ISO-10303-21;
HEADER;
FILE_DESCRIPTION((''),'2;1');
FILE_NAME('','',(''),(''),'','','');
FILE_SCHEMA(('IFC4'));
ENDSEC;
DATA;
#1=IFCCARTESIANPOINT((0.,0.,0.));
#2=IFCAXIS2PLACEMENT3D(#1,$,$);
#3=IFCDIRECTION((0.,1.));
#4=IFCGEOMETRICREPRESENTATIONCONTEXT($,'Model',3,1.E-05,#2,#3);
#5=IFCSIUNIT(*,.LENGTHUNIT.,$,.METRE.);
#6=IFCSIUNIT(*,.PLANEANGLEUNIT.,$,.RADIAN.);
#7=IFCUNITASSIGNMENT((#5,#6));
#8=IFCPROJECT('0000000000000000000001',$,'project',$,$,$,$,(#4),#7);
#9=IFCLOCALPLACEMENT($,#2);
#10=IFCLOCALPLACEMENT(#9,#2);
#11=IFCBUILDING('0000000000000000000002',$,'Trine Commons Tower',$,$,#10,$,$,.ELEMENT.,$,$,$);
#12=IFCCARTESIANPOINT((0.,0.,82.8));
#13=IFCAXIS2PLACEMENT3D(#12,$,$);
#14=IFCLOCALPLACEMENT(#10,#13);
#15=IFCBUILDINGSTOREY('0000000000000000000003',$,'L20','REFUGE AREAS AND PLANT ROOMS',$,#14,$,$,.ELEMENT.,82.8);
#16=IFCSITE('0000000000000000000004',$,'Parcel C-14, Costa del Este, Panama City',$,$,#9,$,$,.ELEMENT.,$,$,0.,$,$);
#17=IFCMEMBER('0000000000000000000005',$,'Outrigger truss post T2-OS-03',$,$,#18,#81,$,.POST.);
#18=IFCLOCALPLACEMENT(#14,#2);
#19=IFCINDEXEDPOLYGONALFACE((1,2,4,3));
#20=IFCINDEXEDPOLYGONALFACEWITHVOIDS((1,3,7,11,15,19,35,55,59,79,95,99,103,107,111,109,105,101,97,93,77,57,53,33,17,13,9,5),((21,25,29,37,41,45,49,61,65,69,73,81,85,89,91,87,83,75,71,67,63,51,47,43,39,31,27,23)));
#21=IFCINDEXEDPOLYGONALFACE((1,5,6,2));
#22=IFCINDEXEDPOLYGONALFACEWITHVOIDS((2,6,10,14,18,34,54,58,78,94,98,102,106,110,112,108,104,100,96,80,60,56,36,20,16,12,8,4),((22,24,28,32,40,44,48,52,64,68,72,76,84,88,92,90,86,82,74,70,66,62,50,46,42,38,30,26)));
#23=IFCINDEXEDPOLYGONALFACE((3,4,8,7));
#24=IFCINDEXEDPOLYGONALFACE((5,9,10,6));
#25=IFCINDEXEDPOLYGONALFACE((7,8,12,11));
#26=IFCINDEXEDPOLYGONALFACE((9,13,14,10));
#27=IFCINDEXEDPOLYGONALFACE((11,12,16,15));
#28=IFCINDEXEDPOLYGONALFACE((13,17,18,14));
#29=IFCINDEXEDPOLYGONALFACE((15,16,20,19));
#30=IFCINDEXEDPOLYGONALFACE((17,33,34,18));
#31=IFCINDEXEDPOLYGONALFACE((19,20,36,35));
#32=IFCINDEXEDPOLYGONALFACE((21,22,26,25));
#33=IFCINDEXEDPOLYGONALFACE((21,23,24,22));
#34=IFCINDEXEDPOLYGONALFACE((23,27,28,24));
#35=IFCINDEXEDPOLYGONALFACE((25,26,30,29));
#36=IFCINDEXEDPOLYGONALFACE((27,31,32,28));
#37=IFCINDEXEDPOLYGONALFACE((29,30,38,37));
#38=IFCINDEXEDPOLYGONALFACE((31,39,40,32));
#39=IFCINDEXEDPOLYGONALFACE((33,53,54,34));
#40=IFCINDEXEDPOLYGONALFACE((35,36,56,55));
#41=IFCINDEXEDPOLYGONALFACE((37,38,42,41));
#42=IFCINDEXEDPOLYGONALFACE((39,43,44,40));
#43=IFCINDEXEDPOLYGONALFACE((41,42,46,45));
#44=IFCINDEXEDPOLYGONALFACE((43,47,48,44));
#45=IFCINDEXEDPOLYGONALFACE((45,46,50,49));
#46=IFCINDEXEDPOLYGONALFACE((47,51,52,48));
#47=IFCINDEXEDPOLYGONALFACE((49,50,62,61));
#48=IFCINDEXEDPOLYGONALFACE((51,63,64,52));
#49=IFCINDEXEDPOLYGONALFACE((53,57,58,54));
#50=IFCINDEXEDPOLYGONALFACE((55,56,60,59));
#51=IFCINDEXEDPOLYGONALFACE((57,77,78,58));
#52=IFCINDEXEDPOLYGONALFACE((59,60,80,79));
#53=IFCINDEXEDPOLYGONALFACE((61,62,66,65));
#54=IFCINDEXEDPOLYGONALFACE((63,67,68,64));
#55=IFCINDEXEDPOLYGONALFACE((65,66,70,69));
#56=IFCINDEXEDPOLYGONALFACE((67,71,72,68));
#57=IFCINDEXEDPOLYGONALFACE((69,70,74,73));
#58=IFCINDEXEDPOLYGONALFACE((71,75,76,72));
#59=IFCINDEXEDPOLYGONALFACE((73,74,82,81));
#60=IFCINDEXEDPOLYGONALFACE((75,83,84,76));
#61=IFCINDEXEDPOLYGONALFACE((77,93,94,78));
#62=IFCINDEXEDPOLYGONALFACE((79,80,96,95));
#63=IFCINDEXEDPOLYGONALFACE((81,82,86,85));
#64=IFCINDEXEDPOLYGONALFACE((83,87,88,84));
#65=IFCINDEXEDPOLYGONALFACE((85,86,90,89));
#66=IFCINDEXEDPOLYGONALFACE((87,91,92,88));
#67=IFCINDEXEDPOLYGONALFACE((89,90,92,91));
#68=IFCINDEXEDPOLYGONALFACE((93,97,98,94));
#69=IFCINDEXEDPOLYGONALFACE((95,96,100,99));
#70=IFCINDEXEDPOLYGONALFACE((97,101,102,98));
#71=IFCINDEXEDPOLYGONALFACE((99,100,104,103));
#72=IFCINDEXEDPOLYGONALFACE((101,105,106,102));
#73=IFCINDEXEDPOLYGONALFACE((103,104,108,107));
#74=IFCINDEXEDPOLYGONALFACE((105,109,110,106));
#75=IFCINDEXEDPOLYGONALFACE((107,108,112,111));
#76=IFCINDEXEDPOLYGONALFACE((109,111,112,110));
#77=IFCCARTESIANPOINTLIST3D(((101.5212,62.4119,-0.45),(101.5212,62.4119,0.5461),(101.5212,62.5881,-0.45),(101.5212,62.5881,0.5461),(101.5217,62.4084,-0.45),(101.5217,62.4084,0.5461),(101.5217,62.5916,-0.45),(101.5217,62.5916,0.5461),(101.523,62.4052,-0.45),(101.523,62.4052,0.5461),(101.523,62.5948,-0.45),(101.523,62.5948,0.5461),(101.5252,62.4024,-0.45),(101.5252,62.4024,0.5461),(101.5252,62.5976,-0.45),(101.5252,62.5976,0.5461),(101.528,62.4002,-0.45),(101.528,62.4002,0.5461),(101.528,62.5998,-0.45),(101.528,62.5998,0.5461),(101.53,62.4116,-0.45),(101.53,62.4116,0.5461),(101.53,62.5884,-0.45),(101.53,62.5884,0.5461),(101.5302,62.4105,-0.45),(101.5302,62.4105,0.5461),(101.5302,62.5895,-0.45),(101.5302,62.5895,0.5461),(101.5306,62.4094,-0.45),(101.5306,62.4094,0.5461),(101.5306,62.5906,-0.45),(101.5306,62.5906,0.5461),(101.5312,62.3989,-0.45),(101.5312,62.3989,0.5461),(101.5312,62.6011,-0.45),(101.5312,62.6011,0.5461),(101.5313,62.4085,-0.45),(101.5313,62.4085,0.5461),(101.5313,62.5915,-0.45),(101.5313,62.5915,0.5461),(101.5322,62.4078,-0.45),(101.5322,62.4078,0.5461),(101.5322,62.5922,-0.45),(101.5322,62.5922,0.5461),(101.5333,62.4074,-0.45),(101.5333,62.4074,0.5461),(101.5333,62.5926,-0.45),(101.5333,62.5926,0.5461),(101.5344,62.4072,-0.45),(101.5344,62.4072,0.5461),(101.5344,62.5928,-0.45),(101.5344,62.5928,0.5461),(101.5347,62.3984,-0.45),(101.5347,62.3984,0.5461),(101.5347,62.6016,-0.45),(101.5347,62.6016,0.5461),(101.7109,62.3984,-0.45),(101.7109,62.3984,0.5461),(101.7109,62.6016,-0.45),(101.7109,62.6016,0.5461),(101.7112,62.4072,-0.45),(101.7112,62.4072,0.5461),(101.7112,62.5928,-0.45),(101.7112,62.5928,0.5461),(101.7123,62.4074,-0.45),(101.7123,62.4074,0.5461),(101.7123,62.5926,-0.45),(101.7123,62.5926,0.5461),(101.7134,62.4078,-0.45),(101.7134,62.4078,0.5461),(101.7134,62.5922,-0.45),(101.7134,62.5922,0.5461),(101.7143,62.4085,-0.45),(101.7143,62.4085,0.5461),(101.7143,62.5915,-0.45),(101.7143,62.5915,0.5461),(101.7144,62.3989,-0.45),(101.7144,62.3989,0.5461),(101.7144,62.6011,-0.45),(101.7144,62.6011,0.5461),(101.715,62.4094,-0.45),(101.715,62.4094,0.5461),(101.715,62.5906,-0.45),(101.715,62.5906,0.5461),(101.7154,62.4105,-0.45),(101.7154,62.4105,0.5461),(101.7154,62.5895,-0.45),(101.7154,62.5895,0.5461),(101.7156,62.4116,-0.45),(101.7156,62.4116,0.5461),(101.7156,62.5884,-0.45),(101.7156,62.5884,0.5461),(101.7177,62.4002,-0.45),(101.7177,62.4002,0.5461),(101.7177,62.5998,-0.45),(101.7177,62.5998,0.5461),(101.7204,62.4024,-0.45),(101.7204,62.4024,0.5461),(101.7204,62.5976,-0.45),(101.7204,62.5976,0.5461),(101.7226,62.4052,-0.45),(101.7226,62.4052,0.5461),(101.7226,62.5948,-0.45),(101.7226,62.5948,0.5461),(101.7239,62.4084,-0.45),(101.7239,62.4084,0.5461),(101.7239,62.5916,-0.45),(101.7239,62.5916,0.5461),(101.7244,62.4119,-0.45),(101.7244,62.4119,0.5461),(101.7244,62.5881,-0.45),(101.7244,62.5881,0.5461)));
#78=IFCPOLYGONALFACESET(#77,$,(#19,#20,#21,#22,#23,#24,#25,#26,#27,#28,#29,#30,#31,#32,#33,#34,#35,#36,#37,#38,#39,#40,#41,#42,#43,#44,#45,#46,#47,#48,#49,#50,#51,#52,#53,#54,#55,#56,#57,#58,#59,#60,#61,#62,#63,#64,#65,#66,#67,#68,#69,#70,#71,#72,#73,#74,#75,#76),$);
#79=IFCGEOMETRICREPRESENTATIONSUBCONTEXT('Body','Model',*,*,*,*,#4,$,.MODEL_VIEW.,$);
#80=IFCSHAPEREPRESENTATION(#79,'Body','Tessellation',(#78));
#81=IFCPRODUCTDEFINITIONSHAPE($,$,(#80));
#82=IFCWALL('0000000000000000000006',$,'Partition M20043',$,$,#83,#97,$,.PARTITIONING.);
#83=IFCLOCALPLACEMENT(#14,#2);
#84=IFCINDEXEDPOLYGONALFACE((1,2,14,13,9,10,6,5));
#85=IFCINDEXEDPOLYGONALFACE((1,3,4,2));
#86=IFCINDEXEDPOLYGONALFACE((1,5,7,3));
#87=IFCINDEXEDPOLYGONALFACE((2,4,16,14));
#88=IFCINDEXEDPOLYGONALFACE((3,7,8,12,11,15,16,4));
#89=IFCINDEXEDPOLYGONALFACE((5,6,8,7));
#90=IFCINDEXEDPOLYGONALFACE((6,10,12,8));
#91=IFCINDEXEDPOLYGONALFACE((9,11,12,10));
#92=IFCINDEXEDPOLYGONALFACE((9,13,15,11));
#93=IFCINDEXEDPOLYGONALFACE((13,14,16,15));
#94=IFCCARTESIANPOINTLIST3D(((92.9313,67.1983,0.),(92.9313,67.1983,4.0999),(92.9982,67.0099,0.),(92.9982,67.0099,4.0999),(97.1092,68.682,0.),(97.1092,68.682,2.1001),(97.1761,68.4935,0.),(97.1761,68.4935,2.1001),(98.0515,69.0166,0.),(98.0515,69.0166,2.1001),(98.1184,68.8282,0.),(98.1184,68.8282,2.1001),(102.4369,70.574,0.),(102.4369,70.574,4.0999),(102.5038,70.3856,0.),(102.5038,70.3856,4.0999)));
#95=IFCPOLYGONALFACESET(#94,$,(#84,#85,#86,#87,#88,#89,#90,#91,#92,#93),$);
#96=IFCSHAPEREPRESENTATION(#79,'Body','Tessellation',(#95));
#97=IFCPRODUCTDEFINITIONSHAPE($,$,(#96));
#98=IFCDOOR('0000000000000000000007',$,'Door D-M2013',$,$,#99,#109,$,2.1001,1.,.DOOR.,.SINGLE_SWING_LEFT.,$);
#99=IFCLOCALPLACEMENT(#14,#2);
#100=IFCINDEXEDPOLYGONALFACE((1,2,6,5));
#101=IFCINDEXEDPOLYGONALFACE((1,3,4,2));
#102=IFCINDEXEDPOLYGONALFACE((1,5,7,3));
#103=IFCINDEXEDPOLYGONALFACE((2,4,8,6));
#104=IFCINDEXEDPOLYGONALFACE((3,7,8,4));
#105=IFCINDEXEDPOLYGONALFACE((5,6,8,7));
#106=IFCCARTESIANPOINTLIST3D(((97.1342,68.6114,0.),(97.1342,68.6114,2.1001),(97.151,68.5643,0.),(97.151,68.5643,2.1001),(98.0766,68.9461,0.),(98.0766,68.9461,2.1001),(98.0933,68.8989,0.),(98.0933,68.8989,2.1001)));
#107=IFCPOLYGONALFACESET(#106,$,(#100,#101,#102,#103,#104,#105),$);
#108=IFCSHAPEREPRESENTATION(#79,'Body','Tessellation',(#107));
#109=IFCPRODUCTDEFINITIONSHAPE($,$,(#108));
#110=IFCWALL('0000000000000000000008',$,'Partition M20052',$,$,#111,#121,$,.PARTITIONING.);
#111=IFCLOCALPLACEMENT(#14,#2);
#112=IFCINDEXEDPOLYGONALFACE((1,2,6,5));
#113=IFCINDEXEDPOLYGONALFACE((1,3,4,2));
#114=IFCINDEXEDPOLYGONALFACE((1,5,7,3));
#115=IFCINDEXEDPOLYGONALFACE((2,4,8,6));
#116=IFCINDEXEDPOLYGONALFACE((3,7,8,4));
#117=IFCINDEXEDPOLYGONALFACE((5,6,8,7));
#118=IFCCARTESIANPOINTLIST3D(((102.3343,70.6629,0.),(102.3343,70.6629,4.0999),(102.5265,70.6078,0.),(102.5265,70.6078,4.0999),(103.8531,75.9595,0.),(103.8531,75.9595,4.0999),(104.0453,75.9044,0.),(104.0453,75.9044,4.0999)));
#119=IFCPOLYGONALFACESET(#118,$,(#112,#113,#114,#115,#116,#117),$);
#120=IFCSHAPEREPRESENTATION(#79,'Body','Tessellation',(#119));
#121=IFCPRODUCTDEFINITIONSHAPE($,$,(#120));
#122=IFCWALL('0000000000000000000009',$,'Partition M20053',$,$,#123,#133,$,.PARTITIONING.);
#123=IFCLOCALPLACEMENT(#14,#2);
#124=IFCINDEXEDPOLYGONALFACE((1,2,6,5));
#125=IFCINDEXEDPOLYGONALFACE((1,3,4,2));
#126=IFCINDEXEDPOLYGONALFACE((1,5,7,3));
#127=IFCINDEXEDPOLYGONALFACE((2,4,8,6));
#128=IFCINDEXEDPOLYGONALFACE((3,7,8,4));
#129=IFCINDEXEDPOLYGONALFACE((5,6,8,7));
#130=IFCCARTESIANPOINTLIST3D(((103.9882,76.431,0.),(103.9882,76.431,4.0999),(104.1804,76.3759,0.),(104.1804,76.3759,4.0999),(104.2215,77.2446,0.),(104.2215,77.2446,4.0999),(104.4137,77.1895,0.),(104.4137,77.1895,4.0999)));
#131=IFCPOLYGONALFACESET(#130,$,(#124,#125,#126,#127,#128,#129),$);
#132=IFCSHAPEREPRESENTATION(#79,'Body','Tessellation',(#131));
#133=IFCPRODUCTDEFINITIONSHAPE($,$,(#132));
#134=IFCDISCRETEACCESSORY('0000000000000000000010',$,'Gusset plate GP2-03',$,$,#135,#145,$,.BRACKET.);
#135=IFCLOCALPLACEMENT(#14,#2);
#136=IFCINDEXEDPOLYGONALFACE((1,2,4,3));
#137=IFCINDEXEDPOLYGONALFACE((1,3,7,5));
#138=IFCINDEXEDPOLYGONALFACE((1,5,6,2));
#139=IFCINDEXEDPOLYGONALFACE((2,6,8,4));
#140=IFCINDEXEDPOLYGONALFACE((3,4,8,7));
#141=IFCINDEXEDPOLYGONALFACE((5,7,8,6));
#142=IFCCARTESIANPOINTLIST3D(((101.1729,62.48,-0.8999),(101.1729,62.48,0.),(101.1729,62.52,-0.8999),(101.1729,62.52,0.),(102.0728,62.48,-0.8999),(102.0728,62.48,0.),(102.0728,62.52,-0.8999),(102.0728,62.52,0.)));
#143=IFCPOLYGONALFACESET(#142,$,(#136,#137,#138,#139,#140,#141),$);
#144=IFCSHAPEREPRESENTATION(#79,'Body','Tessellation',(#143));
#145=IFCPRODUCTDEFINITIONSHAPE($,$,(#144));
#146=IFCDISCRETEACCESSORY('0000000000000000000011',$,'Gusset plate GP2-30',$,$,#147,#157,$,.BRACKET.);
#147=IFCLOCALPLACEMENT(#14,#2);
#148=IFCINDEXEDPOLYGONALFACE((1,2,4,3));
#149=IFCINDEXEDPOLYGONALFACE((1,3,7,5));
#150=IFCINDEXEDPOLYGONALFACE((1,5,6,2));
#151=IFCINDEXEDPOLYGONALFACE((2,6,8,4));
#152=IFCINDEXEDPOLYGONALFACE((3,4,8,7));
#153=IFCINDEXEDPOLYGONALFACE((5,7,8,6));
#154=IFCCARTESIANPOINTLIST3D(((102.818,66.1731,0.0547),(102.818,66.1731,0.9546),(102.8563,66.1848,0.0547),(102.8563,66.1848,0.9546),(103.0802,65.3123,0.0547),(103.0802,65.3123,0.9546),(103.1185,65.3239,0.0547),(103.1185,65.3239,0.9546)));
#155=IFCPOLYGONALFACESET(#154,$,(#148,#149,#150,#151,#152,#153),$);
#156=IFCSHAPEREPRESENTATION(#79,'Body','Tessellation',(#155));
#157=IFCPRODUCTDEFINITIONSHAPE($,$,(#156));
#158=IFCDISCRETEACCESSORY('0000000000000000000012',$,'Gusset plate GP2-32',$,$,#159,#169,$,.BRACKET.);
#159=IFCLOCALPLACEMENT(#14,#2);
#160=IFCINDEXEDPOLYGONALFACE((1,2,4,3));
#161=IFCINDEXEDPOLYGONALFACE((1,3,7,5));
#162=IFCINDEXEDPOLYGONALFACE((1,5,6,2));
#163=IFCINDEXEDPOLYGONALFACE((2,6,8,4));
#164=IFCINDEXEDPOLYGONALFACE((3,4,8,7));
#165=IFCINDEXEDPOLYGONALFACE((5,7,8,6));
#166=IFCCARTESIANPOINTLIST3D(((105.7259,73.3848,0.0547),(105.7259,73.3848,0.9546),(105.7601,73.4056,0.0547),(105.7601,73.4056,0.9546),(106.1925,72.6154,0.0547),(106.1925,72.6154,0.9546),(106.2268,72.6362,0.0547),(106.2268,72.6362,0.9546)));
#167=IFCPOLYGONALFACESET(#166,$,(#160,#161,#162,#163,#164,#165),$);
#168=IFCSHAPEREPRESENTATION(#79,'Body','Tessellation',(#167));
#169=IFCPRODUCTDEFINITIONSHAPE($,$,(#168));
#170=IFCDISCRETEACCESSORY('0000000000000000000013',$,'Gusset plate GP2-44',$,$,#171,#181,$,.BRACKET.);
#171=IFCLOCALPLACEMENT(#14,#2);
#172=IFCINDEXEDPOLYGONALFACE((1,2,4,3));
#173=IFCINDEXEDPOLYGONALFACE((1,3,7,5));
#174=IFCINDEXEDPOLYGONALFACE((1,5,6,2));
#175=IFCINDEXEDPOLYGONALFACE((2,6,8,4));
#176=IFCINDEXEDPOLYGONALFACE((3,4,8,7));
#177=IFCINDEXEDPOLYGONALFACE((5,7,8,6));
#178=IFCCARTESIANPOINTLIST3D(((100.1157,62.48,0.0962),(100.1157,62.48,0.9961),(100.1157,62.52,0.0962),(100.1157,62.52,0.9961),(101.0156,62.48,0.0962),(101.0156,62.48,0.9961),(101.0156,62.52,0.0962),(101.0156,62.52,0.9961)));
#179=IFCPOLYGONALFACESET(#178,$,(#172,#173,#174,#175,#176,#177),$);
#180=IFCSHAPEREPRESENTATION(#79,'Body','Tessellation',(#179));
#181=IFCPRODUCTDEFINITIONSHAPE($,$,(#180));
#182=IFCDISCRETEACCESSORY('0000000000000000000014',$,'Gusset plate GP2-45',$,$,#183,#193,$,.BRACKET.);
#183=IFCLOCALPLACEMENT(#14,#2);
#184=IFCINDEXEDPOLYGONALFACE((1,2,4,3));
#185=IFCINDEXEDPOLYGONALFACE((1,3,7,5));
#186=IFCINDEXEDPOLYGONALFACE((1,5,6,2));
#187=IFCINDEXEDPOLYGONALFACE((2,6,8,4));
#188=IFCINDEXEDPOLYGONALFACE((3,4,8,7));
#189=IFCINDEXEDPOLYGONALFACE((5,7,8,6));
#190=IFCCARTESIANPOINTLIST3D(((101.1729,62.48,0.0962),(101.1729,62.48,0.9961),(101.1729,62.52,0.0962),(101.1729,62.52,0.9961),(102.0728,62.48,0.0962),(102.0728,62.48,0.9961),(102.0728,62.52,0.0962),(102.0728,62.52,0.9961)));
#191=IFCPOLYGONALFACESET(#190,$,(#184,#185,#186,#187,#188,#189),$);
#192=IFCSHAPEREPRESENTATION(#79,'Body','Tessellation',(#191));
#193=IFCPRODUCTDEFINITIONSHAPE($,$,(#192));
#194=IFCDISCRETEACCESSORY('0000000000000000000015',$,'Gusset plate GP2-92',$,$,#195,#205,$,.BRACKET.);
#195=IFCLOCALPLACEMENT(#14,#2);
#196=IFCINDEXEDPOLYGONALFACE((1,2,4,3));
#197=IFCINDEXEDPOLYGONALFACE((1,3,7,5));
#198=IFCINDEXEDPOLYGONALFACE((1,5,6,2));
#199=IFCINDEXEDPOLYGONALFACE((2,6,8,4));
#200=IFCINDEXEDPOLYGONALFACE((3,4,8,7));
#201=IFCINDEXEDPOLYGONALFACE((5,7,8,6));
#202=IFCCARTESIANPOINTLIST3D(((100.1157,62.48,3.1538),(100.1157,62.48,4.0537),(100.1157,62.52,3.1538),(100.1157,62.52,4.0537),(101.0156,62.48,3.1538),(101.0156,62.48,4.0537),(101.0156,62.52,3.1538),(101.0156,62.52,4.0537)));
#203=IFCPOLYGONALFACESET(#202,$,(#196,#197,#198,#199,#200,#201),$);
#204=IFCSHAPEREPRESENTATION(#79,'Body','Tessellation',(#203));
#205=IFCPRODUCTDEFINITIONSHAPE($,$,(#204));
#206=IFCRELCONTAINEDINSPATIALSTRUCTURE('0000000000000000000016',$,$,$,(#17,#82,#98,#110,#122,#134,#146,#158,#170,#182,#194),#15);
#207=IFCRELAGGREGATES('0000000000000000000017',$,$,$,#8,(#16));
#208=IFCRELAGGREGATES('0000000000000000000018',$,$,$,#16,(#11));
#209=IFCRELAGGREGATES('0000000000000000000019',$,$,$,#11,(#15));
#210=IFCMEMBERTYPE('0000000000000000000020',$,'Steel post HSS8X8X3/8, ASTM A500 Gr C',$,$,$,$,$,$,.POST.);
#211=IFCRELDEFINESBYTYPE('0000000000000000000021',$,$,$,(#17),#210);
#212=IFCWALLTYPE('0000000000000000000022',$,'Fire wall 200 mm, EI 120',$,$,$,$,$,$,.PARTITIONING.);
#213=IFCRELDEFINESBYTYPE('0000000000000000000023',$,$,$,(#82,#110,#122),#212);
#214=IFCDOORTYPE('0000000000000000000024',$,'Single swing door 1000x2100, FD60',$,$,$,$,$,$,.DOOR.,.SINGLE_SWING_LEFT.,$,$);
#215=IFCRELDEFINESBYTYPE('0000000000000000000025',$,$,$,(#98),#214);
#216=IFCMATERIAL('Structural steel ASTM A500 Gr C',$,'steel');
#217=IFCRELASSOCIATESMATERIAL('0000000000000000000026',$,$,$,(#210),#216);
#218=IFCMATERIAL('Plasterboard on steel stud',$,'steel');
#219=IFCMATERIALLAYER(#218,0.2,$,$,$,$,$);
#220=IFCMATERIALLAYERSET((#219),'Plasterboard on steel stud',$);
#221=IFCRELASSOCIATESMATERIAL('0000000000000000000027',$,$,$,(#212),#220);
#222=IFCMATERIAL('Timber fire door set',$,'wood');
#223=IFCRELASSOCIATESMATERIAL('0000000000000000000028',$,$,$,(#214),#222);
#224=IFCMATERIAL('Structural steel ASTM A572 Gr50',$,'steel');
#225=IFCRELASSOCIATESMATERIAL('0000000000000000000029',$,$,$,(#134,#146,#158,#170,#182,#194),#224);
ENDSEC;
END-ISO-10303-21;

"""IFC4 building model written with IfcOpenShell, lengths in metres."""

from ifc_helpers import new_model, si_unit, direction, frame, frame_2d, origin, origin_2d, place, context, subcontext, project, spatial, rectangle, hollow_rectangle, extrude, material, layer, layer_set, material_profile, profile_set, type_object, element, fill, save


model = new_model("IFC4")

# Units and contexts
model_context = context("Model", 3, precision=1e-05, world=origin(), true_north=direction((0.0, 1.0)))
body_context = subcontext(model_context, "Body", "Model", "MODEL_VIEW")
ifc_project = project(units=[si_unit("LENGTHUNIT", "METRE"), si_unit("PLANEANGLEUNIT", "RADIAN")], contexts=[model_context])

# Site, building, storey
site_placement = place(None, origin())
site = spatial("IfcSite", under=ifc_project, at=site_placement, Name="Parcel C-14, Costa del Este, Panama City", CompositionType="ELEMENT", RefElevation=0.0)
building_placement = place(site_placement, origin())
building = spatial("IfcBuilding", under=site, at=building_placement, Name="Trine Commons Tower", CompositionType="ELEMENT")
storey_placement = place(building_placement, frame((0.0, 0.0, 82.8)))
storey = spatial("IfcBuildingStorey", under=building, at=storey_placement, Name="L20", Description="REFUGE AREAS AND PLANT ROOMS", CompositionType="ELEMENT", Elevation=82.8)

# Member
ifc_material_1 = material(Name="Structural steel ASTM A500 Gr C", Category="steel")
ifc_material_profile_1 = material_profile(ifc_material_1, hollow_rectangle(XDim=0.2031, YDim=0.2031, WallThickness=0.0088, InnerFilletRadius=0.0044, OuterFilletRadius=0.0134, at=origin_2d()), Name="HSS8X8X3/8")
ifc_profile_set_1 = profile_set([ifc_material_profile_1], Name="Structural steel ASTM A500 Gr C")
member_type_1 = type_object("IfcMemberType", Name="Steel post HSS8X8X3/8, ASTM A500 Gr C", PredefinedType="POST", material=ifc_profile_set_1)
member_1_placement = place(storey_placement, frame((101.6228, 62.5, -0.45), z_axis=(0.0, 0.0, 1.0), x_axis=(1.0, 0.0, 0.0)))
element("IfcMember", 1, at=member_1_placement, inside=storey, type_object=member_type_1, Name="Outrigger truss post T2-OS-03", PredefinedType="POST", context=body_context, shape_type="SweptSolid", body=[
    extrude(hollow_rectangle(XDim=0.2031, YDim=0.2031, WallThickness=0.0088, InnerFilletRadius=0.0044, OuterFilletRadius=0.0134, at=origin_2d()), origin(), (0.0, 0.0, 1.0), 0.9961),
])

# Wall, opening, door
ifc_material_2 = material(Name="Plasterboard on steel stud", Category="steel")
ifc_layer_1 = layer(ifc_material_2, 0.2)
ifc_layer_set_1 = layer_set([ifc_layer_1], Name="Plasterboard on steel stud")
wall_type_1 = type_object("IfcWallType", Name="Fire wall 200 mm, EI 120", PredefinedType="PARTITIONING", material=ifc_layer_set_1)
wall_1_placement = place(storey_placement, frame((102.4702, 70.4797, 0.0), z_axis=(0.0, 0.0, 1.0), x_axis=(-0.942341, -0.334654, 0.0)))
wall_1 = element("IfcWall", 2, at=wall_1_placement, inside=storey, type_object=wall_type_1, Name="Partition M20043", PredefinedType="PARTITIONING", context=body_context, shape_type="SweptSolid", body=[
    extrude(rectangle(XDim=10.0872, YDim=0.2, at=frame_2d((5.0435, 0.0))), origin(), (0.0, 0.0, 1.0), 4.0999),
])
opening_placement = place(wall_1_placement, frame((4.6536, 0.0, 0.0)))
opening = element("IfcOpeningElement", 3, at=opening_placement, cuts=wall_1, PredefinedType="OPENING", context=body_context, shape_type="SweptSolid", body=[
    extrude(rectangle(XDim=1.0, YDim=2.1001, at=frame_2d((0.5, 1.05))), frame((0.0, 0.1099, 0.0), z_axis=(0.0, -1.0, 0.0), x_axis=(1.0, 0.0, 0.0)), (0.0, 0.0, 1.0), 0.22),
])
ifc_material_3 = material(Name="Timber fire door set", Category="wood")
door_type = type_object("IfcDoorType", Name="Single swing door 1000x2100, FD60", OperationType="SINGLE_SWING_LEFT", PredefinedType="DOOR", material=ifc_material_3)
door_placement = place(opening_placement, origin())
door = element("IfcDoor", 4, at=door_placement, inside=storey, type_object=door_type, Name="Door D-M2013", OperationType="SINGLE_SWING_LEFT", OverallHeight=2.1001, OverallWidth=1.0, PredefinedType="DOOR", context=body_context, shape_type="SweptSolid", body=[
    extrude(rectangle(XDim=1.0, YDim=2.1001, at=frame_2d((0.5, 1.05))), frame((0.0, 0.0249, 0.0), z_axis=(0.0, -1.0, 0.0), x_axis=(1.0, 0.0, 0.0)), (0.0, 0.0, 1.0), 0.05),
])
fill(opening, door)

# Walls
wall_2_placement = place(storey_placement, frame((102.4304, 70.6355, 0.0), z_axis=(0.0, 0.0, 1.0), x_axis=(0.27564, 0.961261, 0.0)))
element("IfcWall", 5, at=wall_2_placement, inside=storey, type_object=wall_type_1, Name="Partition M20052", PredefinedType="PARTITIONING", context=body_context, shape_type="SweptSolid", body=[
    extrude(rectangle(XDim=5.51, YDim=0.2, at=frame_2d((2.7549, 0.0))), origin(), (0.0, 0.0, 1.0), 4.0999),
])
wall_3_placement = place(storey_placement, frame((104.0842, 76.4033, 0.0), z_axis=(0.0, 0.0, 1.0), x_axis=(0.275711, 0.96124, 0.0)))
element("IfcWall", 6, at=wall_3_placement, inside=storey, type_object=wall_type_1, Name="Partition M20053", PredefinedType="PARTITIONING", context=body_context, shape_type="SweptSolid", body=[
    extrude(rectangle(XDim=0.8464, YDim=0.2, at=frame_2d((0.4233, 0.0))), origin(), (0.0, 0.0, 1.0), 4.0999),
])

# Discrete accessories
ifc_material_4 = material(Name="Structural steel ASTM A572 Gr50", Category="steel")
for number, where, z_axis, x_axis, name in (
    (7, (101.6228, 62.5, -0.8999), (0.0, 0.0, 1.0), (1.0, 0.0, 0.0), "Gusset plate GP2-03"),
    (8, (102.9683, 65.7485, 0.0547), (0.0, 0.0, 1.0), (-0.291303, 0.956631, 0.0), "Gusset plate GP2-30"),
    (9, (105.9763, 73.0105, 0.0547), (0.0, 0.0, 1.0), (-0.518579, 0.85503, 0.0), "Gusset plate GP2-32"),
    (10, (100.5657, 62.5, 0.0962), (0.0, 0.0, 1.0), (1.0, 0.0, 0.0), "Gusset plate GP2-44"),
    (11, (101.6228, 62.5, 0.0962), (0.0, 0.0, 1.0), (1.0, 0.0, 0.0), "Gusset plate GP2-45"),
    (12, (100.5657, 62.5, 3.1538), (0.0, 0.0, 1.0), (1.0, 0.0, 0.0), "Gusset plate GP2-92"),
):
    element("IfcDiscreteAccessory", number, at=place(storey_placement, frame(where, z_axis=z_axis, x_axis=x_axis)), inside=storey, material=ifc_material_4, Name=name, PredefinedType="BRACKET", context=body_context, shape_type="SweptSolid", body=[
        extrude(rectangle(XDim=0.8999, YDim=0.04, at=origin_2d()), origin(), (0.0, 0.0, 1.0), 0.8999),
    ])

save(model, "model.ifc")
